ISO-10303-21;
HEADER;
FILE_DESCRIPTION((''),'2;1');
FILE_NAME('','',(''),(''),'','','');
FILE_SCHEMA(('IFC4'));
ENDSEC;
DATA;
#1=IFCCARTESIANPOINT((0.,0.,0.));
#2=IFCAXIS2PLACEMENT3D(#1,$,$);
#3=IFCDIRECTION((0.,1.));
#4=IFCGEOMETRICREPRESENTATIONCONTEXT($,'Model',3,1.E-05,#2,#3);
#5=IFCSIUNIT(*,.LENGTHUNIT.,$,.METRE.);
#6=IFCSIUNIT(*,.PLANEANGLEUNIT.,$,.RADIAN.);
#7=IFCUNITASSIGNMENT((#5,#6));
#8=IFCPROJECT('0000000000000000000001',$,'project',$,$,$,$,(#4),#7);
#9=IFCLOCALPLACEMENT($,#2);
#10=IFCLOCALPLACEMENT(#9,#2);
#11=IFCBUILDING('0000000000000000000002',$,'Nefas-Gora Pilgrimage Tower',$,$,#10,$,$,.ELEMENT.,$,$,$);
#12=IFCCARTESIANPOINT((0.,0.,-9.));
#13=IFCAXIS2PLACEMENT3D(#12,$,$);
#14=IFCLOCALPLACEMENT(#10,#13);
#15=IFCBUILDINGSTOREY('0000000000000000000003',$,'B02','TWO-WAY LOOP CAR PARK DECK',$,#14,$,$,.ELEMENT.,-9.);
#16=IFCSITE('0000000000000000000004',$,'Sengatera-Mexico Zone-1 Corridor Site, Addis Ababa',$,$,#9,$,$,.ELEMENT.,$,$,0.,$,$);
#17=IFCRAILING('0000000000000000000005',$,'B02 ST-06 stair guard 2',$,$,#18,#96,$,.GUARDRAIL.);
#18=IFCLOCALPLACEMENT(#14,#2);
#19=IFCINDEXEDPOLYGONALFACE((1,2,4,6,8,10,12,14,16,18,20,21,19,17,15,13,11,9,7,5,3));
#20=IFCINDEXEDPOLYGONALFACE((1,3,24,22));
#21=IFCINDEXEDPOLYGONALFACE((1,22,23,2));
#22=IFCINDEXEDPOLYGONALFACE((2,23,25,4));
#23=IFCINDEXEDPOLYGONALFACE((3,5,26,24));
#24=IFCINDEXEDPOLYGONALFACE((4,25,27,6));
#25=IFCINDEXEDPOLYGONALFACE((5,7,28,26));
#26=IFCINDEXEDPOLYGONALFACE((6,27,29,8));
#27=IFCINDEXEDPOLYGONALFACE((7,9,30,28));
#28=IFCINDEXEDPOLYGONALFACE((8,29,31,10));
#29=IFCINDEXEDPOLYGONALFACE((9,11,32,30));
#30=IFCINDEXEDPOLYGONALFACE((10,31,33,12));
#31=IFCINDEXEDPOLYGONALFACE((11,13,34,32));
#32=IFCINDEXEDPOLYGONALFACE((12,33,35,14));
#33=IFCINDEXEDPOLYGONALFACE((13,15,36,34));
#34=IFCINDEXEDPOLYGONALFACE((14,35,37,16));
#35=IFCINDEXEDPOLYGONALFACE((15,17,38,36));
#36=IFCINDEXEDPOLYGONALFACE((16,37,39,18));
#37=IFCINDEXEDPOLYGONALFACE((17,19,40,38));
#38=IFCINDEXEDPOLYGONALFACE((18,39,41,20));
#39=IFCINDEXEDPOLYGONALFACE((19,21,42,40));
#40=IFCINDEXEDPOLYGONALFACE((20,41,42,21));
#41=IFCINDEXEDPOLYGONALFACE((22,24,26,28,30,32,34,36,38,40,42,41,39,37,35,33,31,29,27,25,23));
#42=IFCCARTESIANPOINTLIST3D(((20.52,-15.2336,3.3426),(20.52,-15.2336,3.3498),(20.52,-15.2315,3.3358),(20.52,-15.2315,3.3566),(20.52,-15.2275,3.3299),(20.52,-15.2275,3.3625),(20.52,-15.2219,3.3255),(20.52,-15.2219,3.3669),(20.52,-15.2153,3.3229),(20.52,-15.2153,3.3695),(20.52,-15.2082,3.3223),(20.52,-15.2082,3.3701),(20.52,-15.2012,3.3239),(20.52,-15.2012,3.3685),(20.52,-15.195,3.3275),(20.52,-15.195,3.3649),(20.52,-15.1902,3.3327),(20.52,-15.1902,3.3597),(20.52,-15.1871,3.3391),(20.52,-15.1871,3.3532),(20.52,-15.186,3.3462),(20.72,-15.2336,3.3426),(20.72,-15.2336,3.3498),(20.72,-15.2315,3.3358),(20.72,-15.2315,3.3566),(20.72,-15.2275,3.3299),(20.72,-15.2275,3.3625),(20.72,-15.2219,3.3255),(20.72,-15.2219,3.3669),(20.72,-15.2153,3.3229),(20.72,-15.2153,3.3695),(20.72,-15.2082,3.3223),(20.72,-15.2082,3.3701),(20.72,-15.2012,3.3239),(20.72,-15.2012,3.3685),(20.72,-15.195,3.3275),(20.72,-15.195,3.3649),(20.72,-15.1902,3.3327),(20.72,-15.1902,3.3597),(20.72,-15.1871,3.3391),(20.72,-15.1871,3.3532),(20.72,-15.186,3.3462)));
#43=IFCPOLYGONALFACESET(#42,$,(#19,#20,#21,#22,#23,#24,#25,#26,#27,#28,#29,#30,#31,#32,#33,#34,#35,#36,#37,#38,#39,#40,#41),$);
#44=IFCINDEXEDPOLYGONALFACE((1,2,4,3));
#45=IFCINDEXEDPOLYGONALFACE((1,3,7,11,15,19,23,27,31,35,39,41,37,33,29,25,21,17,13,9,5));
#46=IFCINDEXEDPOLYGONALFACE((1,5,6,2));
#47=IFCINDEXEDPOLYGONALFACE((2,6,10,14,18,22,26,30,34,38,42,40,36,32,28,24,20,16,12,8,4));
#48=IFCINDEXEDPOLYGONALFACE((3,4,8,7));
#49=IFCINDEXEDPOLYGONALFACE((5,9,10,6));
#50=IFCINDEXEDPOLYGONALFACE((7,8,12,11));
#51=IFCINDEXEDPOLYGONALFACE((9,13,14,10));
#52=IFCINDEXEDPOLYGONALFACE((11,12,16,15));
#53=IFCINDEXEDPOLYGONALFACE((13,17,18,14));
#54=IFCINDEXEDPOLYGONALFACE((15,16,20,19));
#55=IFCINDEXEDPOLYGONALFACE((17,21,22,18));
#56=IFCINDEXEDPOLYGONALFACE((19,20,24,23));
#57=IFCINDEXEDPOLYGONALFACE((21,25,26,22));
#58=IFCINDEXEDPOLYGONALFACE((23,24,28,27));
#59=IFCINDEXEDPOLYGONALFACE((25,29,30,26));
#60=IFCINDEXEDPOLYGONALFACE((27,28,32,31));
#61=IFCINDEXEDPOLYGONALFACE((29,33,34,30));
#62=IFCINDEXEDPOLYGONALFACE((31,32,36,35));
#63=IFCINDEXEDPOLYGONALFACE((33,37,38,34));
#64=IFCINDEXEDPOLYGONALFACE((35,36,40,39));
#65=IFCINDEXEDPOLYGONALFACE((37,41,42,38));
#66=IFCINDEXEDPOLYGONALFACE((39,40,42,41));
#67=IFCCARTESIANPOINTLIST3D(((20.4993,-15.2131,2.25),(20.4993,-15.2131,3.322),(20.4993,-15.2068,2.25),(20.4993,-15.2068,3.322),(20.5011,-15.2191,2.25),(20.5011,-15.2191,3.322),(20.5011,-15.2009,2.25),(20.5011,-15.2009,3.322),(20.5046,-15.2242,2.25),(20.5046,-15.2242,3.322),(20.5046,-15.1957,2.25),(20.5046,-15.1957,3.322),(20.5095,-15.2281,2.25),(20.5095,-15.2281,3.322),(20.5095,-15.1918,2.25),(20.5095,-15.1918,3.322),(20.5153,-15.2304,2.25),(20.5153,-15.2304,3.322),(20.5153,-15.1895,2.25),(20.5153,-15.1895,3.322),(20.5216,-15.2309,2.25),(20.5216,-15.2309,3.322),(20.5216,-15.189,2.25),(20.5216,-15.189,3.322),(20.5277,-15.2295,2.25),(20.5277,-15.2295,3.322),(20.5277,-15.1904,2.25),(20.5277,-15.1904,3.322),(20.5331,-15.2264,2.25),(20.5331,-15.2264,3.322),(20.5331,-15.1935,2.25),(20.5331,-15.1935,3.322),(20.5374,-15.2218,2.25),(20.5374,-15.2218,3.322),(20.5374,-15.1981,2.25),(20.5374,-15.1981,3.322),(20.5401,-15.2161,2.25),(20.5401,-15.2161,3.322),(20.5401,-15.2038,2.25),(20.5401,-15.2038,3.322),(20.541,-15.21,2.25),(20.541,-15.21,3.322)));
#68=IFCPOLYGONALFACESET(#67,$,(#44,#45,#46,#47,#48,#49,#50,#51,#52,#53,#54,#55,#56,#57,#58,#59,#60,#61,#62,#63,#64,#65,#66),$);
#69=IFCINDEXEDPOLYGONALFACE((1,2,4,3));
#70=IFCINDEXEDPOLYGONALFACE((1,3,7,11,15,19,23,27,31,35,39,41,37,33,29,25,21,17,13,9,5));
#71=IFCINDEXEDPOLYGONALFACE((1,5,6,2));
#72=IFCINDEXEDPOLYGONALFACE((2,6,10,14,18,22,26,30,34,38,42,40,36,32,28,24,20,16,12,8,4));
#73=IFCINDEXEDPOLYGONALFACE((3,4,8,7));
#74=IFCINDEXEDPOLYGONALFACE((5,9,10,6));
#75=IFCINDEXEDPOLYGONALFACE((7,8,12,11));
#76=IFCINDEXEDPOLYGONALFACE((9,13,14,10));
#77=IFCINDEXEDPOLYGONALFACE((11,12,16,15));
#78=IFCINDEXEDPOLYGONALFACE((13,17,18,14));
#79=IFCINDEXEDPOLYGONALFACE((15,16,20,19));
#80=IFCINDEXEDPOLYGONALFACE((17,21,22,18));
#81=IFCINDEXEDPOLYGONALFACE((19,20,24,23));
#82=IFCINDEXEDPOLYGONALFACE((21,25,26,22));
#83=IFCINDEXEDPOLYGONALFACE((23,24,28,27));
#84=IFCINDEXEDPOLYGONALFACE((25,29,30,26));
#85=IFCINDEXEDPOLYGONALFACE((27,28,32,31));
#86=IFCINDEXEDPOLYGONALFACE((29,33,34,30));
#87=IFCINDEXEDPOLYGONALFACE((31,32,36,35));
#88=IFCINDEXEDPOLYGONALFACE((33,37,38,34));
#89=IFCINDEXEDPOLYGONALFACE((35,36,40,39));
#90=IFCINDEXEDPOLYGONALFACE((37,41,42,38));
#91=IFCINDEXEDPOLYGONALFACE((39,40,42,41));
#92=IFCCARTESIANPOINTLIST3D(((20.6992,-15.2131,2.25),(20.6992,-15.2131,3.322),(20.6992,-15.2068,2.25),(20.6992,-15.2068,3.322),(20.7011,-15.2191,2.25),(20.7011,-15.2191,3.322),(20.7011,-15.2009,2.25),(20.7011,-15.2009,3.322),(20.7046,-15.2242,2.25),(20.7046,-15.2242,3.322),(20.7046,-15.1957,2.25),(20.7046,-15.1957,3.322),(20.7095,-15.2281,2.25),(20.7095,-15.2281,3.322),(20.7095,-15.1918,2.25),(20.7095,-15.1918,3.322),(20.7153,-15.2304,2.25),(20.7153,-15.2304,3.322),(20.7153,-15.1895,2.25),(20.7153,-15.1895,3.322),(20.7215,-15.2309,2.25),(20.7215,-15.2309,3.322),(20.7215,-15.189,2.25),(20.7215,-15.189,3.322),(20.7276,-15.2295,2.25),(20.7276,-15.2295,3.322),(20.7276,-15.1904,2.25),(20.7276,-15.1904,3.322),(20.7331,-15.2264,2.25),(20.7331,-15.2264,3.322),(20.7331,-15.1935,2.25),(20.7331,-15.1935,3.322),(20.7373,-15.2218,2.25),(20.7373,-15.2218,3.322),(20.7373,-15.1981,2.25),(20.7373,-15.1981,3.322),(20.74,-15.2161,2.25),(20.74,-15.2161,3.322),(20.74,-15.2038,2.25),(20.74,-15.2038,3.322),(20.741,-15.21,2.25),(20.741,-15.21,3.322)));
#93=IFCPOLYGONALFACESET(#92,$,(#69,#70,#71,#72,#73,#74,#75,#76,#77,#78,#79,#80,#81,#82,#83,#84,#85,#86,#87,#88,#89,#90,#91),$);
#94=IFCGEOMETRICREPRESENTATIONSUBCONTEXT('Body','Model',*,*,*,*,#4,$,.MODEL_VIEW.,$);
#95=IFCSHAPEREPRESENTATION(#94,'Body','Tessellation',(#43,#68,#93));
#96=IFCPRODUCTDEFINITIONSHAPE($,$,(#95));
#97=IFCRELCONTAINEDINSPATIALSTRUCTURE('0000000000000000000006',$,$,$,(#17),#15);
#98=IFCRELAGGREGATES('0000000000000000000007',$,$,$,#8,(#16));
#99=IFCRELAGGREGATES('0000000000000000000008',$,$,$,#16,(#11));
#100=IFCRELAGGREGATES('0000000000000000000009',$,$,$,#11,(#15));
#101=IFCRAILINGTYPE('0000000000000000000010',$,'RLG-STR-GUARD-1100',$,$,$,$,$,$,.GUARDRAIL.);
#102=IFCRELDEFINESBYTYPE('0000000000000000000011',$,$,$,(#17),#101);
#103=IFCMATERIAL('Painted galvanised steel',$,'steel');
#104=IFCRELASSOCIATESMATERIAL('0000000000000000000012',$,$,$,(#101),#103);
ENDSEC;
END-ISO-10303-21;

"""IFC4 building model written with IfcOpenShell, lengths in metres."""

from ifc_helpers import new_model, si_unit, direction, frame, origin, origin_2d, place, context, subcontext, project, spatial, circle, extrude, material, type_object, element, save


model = new_model("IFC4")

# Units and contexts
model_context = context("Model", 3, precision=1e-05, world=origin(), true_north=direction((0.0, 1.0)))
body_context = subcontext(model_context, "Body", "Model", "MODEL_VIEW")
ifc_project = project(units=[si_unit("LENGTHUNIT", "METRE"), si_unit("PLANEANGLEUNIT", "RADIAN")], contexts=[model_context])

# Site, building, storey
site_placement = place(None, origin())
site = spatial("IfcSite", under=ifc_project, at=site_placement, Name="Sengatera-Mexico Zone-1 Corridor Site, Addis Ababa", CompositionType="ELEMENT", RefElevation=0.0)
building_placement = place(site_placement, origin())
building = spatial("IfcBuilding", under=site, at=building_placement, Name="Nefas-Gora Pilgrimage Tower", CompositionType="ELEMENT")
storey_placement = place(building_placement, frame((0.0, 0.0, -9.0)))
storey = spatial("IfcBuildingStorey", under=building, at=storey_placement, Name="B02", Description="TWO-WAY LOOP CAR PARK DECK", CompositionType="ELEMENT", Elevation=-9.0)

# Railing
ifc_material_1 = material(Name="Painted galvanised steel", Category="steel")
railing_type_1 = type_object("IfcRailingType", Name="RLG-STR-GUARD-1100", PredefinedType="GUARDRAIL", material=ifc_material_1)
railing_1_placement = place(storey_placement, frame((20.52, -15.21, 2.25)))
element("IfcRailing", 1, at=railing_1_placement, inside=storey, type_object=railing_type_1, Name="B02 ST-06 stair guard 2", PredefinedType="GUARDRAIL", context=body_context, shape_type="SweptSolid", body=[
    extrude(circle(Radius=0.0239, at=origin_2d()), frame((0.0, 0.0, 1.0962), z_axis=(1.0, 0.0, 0.0), x_axis=(0.0, 1.0, 0.0)), (0.0, 0.0, 1.0), 0.2),
    extrude(circle(Radius=0.021, at=origin_2d()), origin(), (0.0, 0.0, 1.0), 1.072),
    extrude(circle(Radius=0.021, at=origin_2d()), frame((0.2, 0.0, 0.0)), (0.0, 0.0, 1.0), 1.072),
])

save(model, "model.ifc")
